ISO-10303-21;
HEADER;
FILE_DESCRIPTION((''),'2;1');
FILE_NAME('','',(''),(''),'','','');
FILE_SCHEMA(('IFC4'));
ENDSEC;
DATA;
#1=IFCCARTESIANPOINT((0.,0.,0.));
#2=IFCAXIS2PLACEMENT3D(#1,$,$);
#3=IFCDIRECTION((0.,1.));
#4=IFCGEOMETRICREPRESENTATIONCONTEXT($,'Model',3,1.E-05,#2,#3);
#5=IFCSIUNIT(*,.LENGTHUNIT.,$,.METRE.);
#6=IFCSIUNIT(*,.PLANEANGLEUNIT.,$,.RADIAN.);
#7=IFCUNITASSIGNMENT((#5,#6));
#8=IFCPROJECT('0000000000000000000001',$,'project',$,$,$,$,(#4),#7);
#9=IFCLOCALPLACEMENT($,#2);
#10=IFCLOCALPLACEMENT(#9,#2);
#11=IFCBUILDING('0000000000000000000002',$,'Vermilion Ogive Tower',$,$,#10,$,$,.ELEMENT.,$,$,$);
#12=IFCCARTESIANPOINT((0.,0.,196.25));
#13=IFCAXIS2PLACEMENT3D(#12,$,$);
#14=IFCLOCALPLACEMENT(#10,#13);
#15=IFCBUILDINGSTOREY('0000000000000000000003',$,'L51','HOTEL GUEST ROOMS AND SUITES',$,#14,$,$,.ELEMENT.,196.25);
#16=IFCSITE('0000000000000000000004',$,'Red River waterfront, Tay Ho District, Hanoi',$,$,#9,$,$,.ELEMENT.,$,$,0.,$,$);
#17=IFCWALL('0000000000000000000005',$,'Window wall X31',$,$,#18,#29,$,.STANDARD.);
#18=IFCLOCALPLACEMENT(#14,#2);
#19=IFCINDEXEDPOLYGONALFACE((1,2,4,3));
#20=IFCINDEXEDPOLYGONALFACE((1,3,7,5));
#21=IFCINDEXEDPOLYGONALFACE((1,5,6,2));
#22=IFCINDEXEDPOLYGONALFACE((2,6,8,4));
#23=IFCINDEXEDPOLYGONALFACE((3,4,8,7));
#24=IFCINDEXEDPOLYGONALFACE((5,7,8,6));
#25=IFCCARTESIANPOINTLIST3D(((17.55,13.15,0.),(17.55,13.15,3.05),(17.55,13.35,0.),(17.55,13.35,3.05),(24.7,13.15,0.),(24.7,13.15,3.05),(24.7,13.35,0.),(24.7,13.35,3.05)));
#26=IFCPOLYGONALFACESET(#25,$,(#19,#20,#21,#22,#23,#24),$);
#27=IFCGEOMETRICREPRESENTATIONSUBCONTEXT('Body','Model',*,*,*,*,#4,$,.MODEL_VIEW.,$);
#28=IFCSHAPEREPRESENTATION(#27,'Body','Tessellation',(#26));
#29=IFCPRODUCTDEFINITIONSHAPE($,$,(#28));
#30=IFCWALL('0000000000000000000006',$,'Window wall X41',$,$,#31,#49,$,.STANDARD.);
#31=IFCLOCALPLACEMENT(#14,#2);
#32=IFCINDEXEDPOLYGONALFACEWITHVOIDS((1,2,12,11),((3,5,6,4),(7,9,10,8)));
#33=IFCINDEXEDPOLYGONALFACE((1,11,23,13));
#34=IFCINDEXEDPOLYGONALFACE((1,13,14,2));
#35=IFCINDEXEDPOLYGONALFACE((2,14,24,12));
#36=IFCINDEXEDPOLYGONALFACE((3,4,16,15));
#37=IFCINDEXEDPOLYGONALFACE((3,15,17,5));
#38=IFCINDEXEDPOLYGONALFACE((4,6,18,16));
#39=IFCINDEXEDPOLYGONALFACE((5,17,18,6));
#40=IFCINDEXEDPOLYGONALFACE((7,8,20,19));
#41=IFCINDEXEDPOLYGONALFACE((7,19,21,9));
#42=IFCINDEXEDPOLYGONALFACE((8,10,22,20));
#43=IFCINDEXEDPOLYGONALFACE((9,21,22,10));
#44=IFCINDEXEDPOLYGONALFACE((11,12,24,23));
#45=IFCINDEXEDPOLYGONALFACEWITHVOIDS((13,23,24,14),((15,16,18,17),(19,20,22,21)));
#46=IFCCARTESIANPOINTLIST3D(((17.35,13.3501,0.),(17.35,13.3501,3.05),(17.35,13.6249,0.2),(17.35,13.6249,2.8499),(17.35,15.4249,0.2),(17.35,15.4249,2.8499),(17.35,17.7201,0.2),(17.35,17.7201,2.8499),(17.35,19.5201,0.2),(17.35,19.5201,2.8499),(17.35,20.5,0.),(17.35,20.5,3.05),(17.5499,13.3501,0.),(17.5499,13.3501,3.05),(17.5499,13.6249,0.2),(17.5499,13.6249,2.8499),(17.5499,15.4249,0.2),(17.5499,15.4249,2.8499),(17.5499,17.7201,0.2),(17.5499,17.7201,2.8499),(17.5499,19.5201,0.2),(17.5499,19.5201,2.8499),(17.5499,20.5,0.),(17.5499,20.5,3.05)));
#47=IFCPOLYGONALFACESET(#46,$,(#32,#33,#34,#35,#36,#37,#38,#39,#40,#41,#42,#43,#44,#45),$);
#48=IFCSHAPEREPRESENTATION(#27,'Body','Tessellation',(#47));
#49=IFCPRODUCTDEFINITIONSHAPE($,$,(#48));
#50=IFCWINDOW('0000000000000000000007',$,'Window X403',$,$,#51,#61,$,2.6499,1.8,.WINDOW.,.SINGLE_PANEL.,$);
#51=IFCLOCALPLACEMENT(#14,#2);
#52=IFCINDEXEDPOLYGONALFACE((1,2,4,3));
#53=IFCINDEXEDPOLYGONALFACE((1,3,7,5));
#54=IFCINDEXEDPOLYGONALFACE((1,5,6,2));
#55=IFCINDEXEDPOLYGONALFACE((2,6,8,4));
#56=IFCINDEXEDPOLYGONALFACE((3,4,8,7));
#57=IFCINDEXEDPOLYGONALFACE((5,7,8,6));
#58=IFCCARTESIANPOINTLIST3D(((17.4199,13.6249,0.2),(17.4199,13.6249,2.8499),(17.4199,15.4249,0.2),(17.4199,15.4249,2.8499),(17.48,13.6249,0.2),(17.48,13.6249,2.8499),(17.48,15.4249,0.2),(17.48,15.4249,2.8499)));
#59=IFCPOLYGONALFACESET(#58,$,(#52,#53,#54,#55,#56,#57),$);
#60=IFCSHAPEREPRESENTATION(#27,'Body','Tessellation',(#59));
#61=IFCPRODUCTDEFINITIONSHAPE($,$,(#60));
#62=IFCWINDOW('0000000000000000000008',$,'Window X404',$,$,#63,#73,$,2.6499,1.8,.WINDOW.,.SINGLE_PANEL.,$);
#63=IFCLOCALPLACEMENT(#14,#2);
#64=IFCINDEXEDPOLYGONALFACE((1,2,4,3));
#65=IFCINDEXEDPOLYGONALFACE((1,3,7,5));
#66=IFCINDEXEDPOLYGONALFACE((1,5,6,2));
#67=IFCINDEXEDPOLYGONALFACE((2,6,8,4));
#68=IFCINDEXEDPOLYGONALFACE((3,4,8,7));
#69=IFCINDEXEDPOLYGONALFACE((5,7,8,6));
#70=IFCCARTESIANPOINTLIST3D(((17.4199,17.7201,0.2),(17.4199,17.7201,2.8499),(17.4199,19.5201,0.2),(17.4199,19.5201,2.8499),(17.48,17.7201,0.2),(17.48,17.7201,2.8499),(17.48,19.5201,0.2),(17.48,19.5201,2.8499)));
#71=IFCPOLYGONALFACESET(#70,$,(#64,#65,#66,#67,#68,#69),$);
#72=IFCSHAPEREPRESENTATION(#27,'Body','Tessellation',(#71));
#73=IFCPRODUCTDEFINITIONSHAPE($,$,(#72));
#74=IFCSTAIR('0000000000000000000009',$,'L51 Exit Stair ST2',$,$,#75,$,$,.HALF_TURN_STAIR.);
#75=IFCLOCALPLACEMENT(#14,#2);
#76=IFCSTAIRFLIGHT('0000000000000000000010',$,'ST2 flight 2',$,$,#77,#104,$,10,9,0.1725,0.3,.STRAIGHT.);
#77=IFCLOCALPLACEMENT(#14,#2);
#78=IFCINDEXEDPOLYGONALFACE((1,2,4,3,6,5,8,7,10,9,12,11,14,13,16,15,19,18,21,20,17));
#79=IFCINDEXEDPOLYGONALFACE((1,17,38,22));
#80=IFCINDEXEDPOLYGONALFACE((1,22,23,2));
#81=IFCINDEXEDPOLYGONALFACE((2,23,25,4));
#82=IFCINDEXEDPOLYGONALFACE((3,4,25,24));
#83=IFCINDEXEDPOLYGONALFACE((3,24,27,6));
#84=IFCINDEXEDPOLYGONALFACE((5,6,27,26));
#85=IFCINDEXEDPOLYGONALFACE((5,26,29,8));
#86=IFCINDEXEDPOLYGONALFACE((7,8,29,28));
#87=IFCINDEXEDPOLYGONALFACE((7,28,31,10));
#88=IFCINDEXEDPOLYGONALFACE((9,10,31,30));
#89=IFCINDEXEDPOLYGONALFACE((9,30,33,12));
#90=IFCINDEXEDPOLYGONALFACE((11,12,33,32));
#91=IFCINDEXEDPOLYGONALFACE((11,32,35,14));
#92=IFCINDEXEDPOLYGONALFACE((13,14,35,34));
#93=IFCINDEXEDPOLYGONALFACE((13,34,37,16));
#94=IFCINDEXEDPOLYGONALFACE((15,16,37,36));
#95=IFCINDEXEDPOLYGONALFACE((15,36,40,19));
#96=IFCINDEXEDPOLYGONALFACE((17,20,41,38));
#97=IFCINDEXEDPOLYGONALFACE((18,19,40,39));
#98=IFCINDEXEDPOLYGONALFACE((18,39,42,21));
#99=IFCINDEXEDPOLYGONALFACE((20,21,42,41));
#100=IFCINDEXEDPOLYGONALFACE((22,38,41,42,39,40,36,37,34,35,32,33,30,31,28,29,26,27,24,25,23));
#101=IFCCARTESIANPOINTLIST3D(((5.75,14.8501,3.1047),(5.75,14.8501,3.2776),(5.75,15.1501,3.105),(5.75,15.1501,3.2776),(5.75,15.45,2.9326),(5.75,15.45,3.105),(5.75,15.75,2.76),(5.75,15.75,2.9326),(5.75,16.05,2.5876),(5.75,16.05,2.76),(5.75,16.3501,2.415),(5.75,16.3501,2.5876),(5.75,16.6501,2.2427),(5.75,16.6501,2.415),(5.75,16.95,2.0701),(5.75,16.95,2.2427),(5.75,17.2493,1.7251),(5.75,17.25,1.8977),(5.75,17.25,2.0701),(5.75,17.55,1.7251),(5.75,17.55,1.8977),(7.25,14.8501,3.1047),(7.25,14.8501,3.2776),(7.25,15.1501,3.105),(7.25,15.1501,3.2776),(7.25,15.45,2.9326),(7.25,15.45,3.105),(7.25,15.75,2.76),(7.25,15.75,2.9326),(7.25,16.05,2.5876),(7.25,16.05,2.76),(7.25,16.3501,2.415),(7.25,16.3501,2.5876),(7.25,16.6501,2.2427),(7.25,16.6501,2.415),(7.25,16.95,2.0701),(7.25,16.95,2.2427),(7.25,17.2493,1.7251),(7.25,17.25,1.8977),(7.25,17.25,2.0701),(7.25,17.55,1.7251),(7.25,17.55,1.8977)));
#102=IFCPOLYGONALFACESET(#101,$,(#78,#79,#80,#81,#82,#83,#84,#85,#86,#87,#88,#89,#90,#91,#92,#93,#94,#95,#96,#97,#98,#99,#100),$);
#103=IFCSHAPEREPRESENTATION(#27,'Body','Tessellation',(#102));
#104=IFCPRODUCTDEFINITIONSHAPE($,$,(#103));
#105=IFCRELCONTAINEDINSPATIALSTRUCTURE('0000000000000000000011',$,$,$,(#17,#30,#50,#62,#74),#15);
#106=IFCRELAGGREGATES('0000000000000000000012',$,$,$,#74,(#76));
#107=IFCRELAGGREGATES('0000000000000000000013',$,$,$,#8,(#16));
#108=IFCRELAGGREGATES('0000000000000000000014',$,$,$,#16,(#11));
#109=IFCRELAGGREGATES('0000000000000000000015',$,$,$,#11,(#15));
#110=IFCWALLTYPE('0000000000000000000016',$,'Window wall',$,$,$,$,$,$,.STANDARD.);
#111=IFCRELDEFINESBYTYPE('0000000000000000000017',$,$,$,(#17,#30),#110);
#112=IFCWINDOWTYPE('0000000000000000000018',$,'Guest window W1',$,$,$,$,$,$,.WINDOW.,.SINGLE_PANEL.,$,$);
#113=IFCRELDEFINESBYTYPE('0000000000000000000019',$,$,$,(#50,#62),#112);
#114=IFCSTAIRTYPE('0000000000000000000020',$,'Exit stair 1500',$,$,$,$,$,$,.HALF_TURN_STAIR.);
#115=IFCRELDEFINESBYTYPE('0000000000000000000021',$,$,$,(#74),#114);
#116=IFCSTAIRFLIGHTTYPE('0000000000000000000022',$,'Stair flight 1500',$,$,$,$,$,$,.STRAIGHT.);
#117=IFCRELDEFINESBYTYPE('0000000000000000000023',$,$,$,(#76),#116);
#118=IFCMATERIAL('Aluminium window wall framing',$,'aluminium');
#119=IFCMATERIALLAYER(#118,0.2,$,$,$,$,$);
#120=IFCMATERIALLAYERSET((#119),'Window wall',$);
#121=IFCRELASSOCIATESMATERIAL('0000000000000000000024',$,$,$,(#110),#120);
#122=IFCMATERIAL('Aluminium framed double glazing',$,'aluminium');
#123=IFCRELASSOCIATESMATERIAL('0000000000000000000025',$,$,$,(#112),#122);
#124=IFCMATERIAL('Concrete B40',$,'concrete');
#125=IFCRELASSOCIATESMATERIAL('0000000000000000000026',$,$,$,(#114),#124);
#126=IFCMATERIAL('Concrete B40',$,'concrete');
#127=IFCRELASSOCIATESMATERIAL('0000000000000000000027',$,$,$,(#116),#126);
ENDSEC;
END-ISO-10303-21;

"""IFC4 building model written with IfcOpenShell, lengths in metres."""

from ifc_helpers import new_model, si_unit, direction, frame, frame_2d, origin, place, context, subcontext, project, spatial, polyline, rectangle, outline, extrude, material, layer, layer_set, type_object, element, fill, aggregate, save


model = new_model("IFC4")

# Units and contexts
model_context = context("Model", 3, precision=1e-05, world=origin(), true_north=direction((0.0, 1.0)))
body_context = subcontext(model_context, "Body", "Model", "MODEL_VIEW")
ifc_project = project(units=[si_unit("LENGTHUNIT", "METRE"), si_unit("PLANEANGLEUNIT", "RADIAN")], contexts=[model_context])

# Site, building, storey
site_placement = place(None, origin())
site = spatial("IfcSite", under=ifc_project, at=site_placement, Name="Red River waterfront, Tay Ho District, Hanoi", CompositionType="ELEMENT", RefElevation=0.0)
building_placement = place(site_placement, origin())
building = spatial("IfcBuilding", under=site, at=building_placement, Name="Vermilion Ogive Tower", CompositionType="ELEMENT")
storey_placement = place(building_placement, frame((0.0, 0.0, 196.25)))
storey = spatial("IfcBuildingStorey", under=building, at=storey_placement, Name="L51", Description="HOTEL GUEST ROOMS AND SUITES", CompositionType="ELEMENT", Elevation=196.25)

# Wall
ifc_material_1 = material(Name="Aluminium window wall framing", Category="aluminium")
ifc_layer_1 = layer(ifc_material_1, 0.2)
ifc_layer_set_1 = layer_set([ifc_layer_1], Name="Window wall")
wall_type_1 = type_object("IfcWallType", Name="Window wall", PredefinedType="STANDARD", material=ifc_layer_set_1)
wall_1_placement = place(storey_placement, frame((24.7, 13.25, 0.0), z_axis=(0.0, 0.0, 1.0), x_axis=(-1.0, 0.0, 0.0)))
element("IfcWall", 1, at=wall_1_placement, inside=storey, type_object=wall_type_1, Name="Window wall X31", PredefinedType="STANDARD", context=body_context, shape_type="SweptSolid", body=[
    extrude(rectangle(XDim=7.1499, YDim=0.2, at=frame_2d((3.575, 0.0))), origin(), (0.0, 0.0, 1.0), 3.05),
])

# Wall, openings, windows
wall_2_placement = place(storey_placement, frame((17.45, 13.3501, 0.0), z_axis=(0.0, 0.0, 1.0), x_axis=(0.0, 1.0, 0.0)))
wall_2 = element("IfcWall", 2, at=wall_2_placement, inside=storey, type_object=wall_type_1, Name="Window wall X41", PredefinedType="STANDARD", context=body_context, shape_type="SweptSolid", body=[
    extrude(rectangle(XDim=7.1499, YDim=0.2, at=frame_2d((3.575, 0.0))), origin(), (0.0, 0.0, 1.0), 3.05),
])
opening_1_placement = place(wall_2_placement, frame((0.2749, 0.0, 0.2)))
opening_1 = element("IfcOpeningElement", 3, at=opening_1_placement, cuts=wall_2, PredefinedType="OPENING", context=body_context, shape_type="SweptSolid", body=[
    extrude(rectangle(XDim=1.8, YDim=2.6499, at=frame_2d((0.8999, 1.325))), frame((0.0, 0.1099, 0.0), z_axis=(0.0, -1.0, 0.0), x_axis=(1.0, 0.0, 0.0)), (0.0, 0.0, 1.0), 0.22),
])
opening_2_placement = place(wall_2_placement, frame((4.3701, 0.0, 0.2)))
opening_2 = element("IfcOpeningElement", 4, at=opening_2_placement, cuts=wall_2, PredefinedType="OPENING", context=body_context, shape_type="SweptSolid", body=[
    extrude(rectangle(XDim=1.8, YDim=2.6499, at=frame_2d((0.8999, 1.325))), frame((0.0, 0.1099, 0.0), z_axis=(0.0, -1.0, 0.0), x_axis=(1.0, 0.0, 0.0)), (0.0, 0.0, 1.0), 0.22),
])
ifc_material_2 = material(Name="Aluminium framed double glazing", Category="aluminium")
window_type = type_object("IfcWindowType", Name="Guest window W1", PartitioningType="SINGLE_PANEL", PredefinedType="WINDOW", material=ifc_material_2)
window_1_placement = place(opening_1_placement, origin())
window_1 = element("IfcWindow", 5, at=window_1_placement, inside=storey, type_object=window_type, Name="Window X403", OverallHeight=2.6499, OverallWidth=1.8, PartitioningType="SINGLE_PANEL", PredefinedType="WINDOW", context=body_context, shape_type="SweptSolid", body=[
    extrude(rectangle(XDim=1.8, YDim=2.6499, at=frame_2d((0.8999, 1.325))), frame((0.0, 0.03, 0.0), z_axis=(0.0, -1.0, 0.0), x_axis=(1.0, 0.0, 0.0)), (0.0, 0.0, 1.0), 0.0601),
])
fill(opening_1, window_1)
window_2_placement = place(opening_2_placement, origin())
window_2 = element("IfcWindow", 6, at=window_2_placement, inside=storey, type_object=window_type, Name="Window X404", OverallHeight=2.6499, OverallWidth=1.8, PartitioningType="SINGLE_PANEL", PredefinedType="WINDOW", context=body_context, shape_type="SweptSolid", body=[
    extrude(rectangle(XDim=1.8, YDim=2.6499, at=frame_2d((0.8999, 1.325))), frame((0.0, 0.03, 0.0), z_axis=(0.0, -1.0, 0.0), x_axis=(1.0, 0.0, 0.0)), (0.0, 0.0, 1.0), 0.0601),
])
fill(opening_2, window_2)

# Stair, stair flight
ifc_material_3 = material(Name="Concrete B40", Category="concrete")
stair_type = type_object("IfcStairType", Name="Exit stair 1500", PredefinedType="HALF_TURN_STAIR", material=ifc_material_3)
stair_placement = place(storey_placement, origin())
stair = element("IfcStair", 7, at=stair_placement, inside=storey, type_object=stair_type, Name="L51 Exit Stair ST2", PredefinedType="HALF_TURN_STAIR")
ifc_material_4 = material(Name="Concrete B40", Category="concrete")
stair_flight_type = type_object("IfcStairFlightType", Name="Stair flight 1500", PredefinedType="STRAIGHT", material=ifc_material_4)
stair_flight_placement = place(storey_placement, frame((6.5, 17.55, 1.7251), z_axis=(0.0, 0.0, 1.0), x_axis=(0.0, -1.0, 0.0)))
stair_flight = element("IfcStairFlight", 8, at=stair_flight_placement, type_object=stair_flight_type, Name="ST2 flight 2", NumberOfRisers=10, NumberOfTreads=9, PredefinedType="STRAIGHT", RiserHeight=0.1725, TreadLength=0.3, context=body_context, shape_type="SweptSolid", body=[
    extrude(outline(polyline([(0.0, 0.0), (0.0, 0.1726), (0.3, 0.1726), (0.3, 0.345), (0.6001, 0.345), (0.6001, 0.5176), (0.8999, 0.5176), (0.8999, 0.6899), (1.2, 0.6899), (1.2, 0.8625), (1.5, 0.8625), (1.5, 1.0349), (1.8, 1.0349), (1.8, 1.2075), (2.1001, 1.2075), (2.1001, 1.3799), (2.3999, 1.3799), (2.3999, 1.5525), (2.7, 1.5525), (2.7, 1.7251), (2.7, 1.3796), (0.3008, 0.0), (0.0, 0.0)])), frame((0.0, 0.75, 0.0), z_axis=(0.0, -1.0, 0.0), x_axis=(1.0, 0.0, 0.0)), (0.0, 0.0, 1.0), 1.5),
])
aggregate(stair, [stair_flight])

save(model, "model.ifc")
